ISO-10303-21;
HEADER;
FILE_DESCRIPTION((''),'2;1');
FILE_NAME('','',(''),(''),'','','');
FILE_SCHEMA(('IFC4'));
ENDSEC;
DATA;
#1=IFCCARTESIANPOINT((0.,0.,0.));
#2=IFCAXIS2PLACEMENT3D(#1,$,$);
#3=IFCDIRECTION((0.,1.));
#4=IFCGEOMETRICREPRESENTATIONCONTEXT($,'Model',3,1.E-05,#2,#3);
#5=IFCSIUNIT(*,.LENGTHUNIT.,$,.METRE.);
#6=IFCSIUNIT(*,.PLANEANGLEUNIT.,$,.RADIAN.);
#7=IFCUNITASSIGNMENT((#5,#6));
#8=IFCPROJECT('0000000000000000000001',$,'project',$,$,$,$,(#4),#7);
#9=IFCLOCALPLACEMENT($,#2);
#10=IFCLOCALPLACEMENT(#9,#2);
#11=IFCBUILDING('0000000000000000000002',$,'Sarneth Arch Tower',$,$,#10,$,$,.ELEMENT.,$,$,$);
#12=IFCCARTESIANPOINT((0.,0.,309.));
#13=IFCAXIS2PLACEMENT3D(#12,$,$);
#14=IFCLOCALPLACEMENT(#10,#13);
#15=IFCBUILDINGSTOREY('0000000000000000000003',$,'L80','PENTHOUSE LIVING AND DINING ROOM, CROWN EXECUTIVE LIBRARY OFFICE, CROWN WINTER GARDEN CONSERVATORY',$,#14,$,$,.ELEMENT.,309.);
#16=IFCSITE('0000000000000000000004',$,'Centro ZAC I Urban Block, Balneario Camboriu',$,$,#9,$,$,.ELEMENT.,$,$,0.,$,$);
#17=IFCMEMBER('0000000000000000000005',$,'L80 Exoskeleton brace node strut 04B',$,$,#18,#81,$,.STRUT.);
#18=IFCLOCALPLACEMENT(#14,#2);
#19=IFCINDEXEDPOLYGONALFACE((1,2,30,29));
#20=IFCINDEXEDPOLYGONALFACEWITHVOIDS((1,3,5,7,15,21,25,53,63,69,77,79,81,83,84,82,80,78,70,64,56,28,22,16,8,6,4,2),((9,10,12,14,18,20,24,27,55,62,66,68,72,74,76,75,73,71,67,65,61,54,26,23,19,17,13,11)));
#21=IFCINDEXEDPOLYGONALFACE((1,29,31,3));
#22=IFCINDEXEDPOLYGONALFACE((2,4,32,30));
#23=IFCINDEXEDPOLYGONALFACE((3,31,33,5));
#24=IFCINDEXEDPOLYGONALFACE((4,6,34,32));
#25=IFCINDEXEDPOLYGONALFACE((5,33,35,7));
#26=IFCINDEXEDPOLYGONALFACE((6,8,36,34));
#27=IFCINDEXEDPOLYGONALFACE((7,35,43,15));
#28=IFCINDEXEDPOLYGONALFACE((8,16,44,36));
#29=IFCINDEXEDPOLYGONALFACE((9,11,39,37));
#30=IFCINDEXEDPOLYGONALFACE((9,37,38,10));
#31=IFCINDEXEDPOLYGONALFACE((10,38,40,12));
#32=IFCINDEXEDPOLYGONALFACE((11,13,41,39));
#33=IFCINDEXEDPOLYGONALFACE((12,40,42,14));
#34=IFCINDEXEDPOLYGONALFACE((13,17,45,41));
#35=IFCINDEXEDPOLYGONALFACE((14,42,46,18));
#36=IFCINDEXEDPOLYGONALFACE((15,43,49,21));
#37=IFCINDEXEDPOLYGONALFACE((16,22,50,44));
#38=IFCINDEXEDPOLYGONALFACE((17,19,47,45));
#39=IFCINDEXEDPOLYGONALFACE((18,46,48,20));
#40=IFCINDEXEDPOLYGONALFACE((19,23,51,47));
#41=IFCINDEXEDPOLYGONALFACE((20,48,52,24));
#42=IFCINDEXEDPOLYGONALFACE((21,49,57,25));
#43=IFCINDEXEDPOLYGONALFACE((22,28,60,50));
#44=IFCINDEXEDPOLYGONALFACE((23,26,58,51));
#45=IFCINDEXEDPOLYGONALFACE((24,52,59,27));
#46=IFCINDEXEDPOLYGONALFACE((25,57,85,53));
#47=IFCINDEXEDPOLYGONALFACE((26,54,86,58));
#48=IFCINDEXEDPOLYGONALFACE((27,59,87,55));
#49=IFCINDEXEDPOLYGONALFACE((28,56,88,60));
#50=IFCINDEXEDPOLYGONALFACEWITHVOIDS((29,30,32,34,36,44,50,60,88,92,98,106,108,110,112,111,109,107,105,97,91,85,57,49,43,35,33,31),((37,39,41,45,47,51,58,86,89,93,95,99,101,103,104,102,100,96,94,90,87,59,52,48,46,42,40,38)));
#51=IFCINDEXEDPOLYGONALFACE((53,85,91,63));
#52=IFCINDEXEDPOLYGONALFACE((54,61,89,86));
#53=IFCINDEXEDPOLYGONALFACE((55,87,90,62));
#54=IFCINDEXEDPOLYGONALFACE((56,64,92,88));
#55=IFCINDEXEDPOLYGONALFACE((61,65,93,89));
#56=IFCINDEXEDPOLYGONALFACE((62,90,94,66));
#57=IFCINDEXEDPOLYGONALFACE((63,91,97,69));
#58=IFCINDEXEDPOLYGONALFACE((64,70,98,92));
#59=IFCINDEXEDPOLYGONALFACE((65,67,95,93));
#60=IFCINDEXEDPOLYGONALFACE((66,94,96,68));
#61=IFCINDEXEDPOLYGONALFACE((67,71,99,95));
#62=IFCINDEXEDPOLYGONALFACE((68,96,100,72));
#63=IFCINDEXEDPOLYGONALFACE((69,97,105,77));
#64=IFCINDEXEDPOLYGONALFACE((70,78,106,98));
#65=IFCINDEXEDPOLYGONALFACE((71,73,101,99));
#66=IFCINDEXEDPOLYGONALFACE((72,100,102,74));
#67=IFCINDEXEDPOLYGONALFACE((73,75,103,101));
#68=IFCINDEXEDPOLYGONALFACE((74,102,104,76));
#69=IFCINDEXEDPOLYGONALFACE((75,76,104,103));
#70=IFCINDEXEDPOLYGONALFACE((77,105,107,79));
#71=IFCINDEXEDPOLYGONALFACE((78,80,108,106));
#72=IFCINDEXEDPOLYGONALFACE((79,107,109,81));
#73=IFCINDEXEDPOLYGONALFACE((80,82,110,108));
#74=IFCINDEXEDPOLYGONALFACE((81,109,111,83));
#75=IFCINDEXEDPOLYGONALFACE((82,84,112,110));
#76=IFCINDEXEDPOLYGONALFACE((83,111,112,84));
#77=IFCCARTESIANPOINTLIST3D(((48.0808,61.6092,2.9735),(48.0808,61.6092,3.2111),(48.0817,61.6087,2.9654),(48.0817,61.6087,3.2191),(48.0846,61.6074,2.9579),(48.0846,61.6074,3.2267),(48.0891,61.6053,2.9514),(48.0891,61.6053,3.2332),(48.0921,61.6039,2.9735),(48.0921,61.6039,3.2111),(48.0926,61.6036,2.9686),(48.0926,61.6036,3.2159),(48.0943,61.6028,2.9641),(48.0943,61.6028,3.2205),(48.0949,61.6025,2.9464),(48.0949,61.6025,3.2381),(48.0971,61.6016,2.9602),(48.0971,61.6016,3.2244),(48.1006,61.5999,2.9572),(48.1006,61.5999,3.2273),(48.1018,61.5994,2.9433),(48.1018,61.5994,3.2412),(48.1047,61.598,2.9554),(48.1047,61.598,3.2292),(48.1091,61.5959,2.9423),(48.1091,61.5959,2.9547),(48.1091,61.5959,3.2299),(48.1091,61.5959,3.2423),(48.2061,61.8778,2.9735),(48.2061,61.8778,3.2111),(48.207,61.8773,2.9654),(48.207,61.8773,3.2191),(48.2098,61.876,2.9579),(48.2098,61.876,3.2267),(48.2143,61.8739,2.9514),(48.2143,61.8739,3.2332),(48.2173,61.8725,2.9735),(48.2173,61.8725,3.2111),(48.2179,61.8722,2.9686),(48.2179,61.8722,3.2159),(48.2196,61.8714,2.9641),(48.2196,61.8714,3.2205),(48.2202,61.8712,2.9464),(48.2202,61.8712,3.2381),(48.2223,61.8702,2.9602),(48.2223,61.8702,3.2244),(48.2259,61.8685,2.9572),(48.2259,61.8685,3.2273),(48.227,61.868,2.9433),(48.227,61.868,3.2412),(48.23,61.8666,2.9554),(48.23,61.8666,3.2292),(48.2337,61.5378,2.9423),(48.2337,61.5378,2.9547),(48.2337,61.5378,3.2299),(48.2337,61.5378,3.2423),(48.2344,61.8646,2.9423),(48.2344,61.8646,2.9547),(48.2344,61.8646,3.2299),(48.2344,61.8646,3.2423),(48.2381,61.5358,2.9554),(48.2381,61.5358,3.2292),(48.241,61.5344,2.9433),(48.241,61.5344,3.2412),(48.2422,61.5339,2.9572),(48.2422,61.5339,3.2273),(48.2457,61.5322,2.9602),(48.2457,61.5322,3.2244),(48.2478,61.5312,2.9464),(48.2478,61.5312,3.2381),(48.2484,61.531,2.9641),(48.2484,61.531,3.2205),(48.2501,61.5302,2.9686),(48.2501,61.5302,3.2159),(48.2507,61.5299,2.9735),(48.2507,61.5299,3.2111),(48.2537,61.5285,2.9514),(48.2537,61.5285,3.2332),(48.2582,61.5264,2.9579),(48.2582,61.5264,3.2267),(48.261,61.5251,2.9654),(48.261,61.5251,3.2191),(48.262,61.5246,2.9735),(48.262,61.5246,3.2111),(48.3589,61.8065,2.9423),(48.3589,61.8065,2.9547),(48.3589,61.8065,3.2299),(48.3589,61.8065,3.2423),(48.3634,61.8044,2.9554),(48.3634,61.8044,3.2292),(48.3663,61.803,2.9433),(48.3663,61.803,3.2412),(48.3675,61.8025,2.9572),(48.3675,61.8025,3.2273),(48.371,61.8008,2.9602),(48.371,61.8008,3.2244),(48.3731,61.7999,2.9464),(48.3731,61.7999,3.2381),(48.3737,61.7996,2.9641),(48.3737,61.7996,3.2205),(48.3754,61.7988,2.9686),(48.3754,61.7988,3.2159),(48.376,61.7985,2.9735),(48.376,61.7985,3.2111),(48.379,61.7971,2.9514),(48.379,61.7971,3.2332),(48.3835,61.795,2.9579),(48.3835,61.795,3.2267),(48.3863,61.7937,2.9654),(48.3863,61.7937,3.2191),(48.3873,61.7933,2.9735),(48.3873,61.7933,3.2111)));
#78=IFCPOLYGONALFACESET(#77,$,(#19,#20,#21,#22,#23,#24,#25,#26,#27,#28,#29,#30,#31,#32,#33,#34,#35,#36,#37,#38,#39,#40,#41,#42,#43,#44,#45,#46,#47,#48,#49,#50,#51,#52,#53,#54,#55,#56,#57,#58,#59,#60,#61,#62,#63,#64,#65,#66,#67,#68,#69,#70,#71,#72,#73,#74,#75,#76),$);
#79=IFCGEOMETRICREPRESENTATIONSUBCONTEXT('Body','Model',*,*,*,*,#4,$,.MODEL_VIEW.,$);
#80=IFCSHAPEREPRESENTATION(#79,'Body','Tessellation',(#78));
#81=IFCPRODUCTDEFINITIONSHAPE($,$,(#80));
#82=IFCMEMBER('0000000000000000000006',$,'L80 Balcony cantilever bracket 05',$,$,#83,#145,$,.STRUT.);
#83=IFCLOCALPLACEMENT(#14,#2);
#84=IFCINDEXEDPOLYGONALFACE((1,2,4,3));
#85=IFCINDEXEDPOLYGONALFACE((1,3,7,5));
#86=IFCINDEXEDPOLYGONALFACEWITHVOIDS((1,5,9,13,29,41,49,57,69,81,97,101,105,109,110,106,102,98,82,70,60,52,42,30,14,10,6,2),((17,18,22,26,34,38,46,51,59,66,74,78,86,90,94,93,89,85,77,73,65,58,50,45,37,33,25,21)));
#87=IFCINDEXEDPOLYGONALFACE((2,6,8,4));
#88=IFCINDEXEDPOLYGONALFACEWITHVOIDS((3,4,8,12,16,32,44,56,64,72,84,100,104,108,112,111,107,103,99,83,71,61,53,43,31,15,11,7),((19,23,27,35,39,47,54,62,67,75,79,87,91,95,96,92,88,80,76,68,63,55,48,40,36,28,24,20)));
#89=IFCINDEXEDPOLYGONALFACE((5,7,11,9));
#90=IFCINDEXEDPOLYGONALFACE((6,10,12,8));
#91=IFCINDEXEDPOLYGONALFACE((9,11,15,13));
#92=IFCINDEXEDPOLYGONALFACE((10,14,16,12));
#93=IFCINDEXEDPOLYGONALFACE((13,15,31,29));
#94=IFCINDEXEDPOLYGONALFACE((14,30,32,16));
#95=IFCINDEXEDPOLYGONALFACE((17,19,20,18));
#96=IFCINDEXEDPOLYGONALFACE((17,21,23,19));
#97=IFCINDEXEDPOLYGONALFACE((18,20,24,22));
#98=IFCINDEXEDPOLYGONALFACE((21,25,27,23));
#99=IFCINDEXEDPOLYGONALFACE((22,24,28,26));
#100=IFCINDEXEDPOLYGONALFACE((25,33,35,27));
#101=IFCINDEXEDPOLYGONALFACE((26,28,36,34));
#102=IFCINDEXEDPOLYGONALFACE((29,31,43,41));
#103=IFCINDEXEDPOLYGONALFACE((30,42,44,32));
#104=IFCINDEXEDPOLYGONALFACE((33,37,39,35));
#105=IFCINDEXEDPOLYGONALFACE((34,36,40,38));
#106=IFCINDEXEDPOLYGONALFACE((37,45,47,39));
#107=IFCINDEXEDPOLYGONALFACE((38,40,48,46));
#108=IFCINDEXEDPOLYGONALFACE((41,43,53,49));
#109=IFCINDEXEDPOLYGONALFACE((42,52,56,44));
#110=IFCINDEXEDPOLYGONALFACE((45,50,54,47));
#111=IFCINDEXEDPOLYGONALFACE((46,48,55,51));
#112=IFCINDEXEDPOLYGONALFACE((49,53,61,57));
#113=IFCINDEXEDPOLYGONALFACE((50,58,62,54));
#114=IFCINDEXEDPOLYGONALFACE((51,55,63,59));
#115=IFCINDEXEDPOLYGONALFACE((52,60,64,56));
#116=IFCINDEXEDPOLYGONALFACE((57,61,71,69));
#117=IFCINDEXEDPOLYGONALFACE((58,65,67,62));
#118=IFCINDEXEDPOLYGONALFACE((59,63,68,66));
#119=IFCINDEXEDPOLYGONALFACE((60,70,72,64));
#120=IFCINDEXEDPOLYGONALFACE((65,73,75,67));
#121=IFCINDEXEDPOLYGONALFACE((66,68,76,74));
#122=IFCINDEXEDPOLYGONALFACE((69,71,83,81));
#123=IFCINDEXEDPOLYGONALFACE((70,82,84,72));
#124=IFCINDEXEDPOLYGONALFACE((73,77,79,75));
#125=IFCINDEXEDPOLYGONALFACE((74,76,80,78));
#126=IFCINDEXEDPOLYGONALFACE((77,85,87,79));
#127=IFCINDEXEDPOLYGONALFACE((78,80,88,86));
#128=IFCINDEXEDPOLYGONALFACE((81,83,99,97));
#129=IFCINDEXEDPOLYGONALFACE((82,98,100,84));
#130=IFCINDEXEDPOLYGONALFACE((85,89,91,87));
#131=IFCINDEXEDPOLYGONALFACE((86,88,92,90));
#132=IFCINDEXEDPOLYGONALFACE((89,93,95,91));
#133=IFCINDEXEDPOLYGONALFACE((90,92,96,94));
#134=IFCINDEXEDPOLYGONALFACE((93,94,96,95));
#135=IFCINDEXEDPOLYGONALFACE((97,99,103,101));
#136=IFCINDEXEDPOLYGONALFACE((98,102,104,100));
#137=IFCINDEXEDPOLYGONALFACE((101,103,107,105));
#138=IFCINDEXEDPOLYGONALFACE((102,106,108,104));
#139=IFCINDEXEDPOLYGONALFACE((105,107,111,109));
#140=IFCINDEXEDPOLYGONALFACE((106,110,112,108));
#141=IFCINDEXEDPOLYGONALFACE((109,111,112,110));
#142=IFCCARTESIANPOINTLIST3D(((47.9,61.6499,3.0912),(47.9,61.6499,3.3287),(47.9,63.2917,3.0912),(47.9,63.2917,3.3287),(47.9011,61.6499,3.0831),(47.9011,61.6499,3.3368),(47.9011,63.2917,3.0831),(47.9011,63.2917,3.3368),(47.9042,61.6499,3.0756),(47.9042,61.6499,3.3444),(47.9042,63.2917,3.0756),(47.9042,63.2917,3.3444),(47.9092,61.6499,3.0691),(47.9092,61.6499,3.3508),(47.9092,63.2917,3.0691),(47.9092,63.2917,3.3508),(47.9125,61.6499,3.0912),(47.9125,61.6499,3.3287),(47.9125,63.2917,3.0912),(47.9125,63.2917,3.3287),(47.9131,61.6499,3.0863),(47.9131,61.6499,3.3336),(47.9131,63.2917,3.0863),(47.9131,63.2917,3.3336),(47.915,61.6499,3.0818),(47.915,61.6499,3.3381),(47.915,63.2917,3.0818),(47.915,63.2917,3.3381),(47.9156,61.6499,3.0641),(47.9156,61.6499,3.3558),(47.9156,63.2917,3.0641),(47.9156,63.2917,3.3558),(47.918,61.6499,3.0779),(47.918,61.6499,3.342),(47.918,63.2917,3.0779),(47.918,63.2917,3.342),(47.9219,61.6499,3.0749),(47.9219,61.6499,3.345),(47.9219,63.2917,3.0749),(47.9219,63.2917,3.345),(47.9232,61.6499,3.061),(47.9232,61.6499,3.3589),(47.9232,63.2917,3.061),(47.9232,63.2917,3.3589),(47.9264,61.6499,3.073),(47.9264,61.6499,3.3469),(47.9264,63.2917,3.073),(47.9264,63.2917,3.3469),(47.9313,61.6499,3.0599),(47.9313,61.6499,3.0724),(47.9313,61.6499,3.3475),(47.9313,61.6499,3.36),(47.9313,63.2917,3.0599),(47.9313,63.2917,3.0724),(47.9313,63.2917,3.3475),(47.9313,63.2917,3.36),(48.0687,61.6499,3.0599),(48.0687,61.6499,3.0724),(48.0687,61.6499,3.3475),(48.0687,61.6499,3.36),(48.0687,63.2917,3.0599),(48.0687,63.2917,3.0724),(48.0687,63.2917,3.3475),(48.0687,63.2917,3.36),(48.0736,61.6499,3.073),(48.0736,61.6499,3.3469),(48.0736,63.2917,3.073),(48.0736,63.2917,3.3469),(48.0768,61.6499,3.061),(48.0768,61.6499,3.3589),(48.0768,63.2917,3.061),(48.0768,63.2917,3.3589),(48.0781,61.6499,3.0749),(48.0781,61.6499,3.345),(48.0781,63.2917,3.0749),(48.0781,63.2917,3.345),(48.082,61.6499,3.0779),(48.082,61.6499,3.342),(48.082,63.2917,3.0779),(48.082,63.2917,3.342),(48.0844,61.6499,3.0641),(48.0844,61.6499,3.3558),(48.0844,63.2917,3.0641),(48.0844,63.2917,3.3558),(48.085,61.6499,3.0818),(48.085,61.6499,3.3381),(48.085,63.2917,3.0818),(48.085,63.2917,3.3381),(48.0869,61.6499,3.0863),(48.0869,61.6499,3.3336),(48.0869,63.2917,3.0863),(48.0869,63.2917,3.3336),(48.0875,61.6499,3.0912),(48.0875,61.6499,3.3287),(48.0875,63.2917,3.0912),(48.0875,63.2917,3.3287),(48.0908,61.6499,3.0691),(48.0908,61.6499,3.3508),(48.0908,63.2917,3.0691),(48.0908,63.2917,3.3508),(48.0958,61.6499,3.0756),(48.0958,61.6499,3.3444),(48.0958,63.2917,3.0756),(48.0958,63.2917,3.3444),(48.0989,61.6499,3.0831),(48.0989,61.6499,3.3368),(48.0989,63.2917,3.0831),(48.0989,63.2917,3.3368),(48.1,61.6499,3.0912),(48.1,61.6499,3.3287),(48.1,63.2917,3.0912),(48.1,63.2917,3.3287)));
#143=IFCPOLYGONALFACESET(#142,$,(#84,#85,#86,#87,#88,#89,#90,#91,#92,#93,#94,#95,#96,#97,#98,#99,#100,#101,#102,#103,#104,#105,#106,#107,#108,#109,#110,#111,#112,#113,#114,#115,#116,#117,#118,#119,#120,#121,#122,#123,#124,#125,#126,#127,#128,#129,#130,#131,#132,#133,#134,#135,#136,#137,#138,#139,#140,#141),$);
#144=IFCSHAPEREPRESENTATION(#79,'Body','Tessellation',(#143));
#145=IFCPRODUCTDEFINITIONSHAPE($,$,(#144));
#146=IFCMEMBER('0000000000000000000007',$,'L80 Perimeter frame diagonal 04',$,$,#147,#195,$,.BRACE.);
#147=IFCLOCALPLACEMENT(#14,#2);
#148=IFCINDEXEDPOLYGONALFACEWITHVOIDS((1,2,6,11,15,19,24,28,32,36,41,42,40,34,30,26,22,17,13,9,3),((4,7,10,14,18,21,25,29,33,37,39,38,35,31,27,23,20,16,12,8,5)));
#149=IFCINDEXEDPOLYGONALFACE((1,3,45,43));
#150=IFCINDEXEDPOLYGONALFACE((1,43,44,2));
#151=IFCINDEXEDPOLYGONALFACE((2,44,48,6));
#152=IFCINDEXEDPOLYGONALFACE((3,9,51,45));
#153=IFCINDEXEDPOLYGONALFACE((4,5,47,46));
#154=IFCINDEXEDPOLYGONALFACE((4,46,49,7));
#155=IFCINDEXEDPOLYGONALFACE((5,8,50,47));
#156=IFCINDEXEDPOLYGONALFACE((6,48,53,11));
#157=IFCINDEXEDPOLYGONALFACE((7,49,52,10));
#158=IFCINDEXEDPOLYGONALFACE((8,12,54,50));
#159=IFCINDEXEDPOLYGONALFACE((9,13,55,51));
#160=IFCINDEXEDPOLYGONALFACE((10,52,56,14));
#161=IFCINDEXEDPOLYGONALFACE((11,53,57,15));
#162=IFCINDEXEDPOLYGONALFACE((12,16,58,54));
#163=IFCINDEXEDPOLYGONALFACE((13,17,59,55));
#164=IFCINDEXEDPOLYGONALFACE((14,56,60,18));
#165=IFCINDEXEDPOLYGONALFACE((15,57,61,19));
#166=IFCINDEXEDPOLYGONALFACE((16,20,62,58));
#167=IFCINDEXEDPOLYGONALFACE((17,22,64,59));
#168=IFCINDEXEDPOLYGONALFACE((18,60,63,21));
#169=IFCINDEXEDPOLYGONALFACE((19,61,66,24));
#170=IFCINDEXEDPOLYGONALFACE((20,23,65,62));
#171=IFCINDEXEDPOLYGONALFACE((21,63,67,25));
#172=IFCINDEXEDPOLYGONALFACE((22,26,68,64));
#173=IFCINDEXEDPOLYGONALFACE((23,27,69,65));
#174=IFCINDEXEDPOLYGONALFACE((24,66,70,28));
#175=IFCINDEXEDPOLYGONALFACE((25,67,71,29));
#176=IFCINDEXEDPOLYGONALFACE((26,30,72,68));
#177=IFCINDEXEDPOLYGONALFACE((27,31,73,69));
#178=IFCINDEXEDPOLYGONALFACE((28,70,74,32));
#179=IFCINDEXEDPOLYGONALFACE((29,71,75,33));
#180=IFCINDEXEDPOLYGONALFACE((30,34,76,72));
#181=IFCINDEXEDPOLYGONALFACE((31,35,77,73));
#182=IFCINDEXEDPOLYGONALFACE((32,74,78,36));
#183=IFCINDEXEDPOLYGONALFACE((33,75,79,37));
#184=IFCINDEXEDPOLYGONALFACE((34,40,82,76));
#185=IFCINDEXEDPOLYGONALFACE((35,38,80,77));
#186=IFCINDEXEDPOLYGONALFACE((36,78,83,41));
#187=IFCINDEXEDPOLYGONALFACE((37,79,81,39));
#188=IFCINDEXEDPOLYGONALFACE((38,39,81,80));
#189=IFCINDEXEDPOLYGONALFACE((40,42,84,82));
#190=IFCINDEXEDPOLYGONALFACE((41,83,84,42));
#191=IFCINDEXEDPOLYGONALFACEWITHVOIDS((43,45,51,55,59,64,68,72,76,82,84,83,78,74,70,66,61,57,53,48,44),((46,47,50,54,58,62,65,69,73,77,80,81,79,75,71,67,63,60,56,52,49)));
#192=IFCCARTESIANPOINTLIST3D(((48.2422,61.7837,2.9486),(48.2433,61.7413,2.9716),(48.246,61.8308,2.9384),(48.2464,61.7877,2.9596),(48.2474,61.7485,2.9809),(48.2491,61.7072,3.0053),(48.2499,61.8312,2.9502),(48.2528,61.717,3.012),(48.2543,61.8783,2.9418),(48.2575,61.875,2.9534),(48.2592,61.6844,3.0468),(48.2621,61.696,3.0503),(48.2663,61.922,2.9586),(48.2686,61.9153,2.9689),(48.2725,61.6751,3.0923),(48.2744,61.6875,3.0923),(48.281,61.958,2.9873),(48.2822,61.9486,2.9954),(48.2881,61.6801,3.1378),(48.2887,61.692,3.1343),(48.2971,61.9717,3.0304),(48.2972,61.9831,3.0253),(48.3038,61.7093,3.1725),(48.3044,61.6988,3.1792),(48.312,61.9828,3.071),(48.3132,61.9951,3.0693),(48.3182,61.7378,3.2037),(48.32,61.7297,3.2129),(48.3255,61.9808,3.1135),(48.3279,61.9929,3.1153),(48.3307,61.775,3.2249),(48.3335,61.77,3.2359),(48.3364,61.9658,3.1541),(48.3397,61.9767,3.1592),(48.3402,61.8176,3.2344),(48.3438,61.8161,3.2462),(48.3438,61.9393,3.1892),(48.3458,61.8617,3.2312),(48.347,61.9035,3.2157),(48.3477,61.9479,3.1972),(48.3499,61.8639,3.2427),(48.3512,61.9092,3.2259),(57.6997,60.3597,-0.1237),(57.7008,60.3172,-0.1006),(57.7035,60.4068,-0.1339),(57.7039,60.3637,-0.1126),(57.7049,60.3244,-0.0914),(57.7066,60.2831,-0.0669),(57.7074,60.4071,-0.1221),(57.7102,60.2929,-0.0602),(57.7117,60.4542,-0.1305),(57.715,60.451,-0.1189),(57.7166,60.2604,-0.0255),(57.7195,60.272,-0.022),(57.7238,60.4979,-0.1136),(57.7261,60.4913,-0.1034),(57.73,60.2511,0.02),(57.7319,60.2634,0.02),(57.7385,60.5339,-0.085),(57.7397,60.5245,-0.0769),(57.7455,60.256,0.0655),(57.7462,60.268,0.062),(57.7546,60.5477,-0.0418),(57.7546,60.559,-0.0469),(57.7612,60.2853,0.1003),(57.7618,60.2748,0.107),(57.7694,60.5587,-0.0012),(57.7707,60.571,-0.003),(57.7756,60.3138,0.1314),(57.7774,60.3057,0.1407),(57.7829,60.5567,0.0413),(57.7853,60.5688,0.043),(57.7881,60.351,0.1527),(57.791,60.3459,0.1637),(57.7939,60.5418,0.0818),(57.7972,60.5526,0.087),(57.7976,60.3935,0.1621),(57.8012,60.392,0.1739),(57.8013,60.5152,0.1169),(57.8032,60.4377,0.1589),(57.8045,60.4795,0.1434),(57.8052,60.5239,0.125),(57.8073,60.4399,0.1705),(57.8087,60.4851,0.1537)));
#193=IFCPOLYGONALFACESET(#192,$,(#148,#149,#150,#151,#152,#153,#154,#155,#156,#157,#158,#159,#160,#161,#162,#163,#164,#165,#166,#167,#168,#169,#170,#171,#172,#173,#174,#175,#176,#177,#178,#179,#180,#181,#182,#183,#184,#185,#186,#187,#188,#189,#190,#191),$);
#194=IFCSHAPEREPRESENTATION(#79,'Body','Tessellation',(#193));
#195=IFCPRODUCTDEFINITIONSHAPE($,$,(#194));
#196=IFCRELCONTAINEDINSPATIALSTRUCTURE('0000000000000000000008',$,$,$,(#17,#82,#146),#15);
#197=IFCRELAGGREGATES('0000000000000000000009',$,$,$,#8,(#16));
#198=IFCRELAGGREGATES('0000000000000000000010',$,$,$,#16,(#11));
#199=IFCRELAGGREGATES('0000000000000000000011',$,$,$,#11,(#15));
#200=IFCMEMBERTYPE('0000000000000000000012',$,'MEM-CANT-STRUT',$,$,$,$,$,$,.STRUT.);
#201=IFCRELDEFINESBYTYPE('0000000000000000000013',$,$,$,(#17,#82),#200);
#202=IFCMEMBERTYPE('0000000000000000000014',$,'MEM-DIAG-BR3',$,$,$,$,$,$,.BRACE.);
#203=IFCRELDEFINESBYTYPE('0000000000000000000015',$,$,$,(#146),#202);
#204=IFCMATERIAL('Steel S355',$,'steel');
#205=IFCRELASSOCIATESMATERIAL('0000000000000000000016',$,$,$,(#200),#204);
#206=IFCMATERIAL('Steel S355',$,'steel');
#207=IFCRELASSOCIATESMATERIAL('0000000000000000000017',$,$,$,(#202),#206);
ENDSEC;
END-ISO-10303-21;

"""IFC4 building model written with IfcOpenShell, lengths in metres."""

from ifc_helpers import new_model, si_unit, direction, frame, origin, origin_2d, place, context, subcontext, project, spatial, hollow_rectangle, hollow_circle, extrude, material, material_profile, profile_set, type_object, element, save


model = new_model("IFC4")

# Units and contexts
model_context = context("Model", 3, precision=1e-05, world=origin(), true_north=direction((0.0, 1.0)))
body_context = subcontext(model_context, "Body", "Model", "MODEL_VIEW")
ifc_project = project(units=[si_unit("LENGTHUNIT", "METRE"), si_unit("PLANEANGLEUNIT", "RADIAN")], contexts=[model_context])

# Site, building, storey
site_placement = place(None, origin())
site = spatial("IfcSite", under=ifc_project, at=site_placement, Name="Centro ZAC I Urban Block, Balneario Camboriu", CompositionType="ELEMENT", RefElevation=0.0)
building_placement = place(site_placement, origin())
building = spatial("IfcBuilding", under=site, at=building_placement, Name="Sarneth Arch Tower", CompositionType="ELEMENT")
storey_placement = place(building_placement, frame((0.0, 0.0, 309.0)))
storey = spatial("IfcBuildingStorey", under=building, at=storey_placement, Name="L80", Description="PENTHOUSE LIVING AND DINING ROOM, CROWN EXECUTIVE LIBRARY OFFICE, CROWN WINTER GARDEN CONSERVATORY", CompositionType="ELEMENT", Elevation=309.0)

# Members
ifc_material_1 = material(Name="Steel S355", Category="steel")
ifc_material_profile_1 = material_profile(ifc_material_1, hollow_rectangle(XDim=0.2, YDim=0.3, WallThickness=0.0125, InnerFilletRadius=0.0188, OuterFilletRadius=0.0312, at=origin_2d()), Name="RHS300x200x12.5")
ifc_profile_set_1 = profile_set([ifc_material_profile_1], Name="Steel S355")
member_type_1 = type_object("IfcMemberType", Name="MEM-CANT-STRUT", PredefinedType="STRUT", material=ifc_profile_set_1)
member_1_placement = place(storey_placement, frame((48.1714, 61.5669, 3.0923), z_axis=(0.42266, 0.906288, 0.0), x_axis=(-0.906288, 0.42266, 0.0)))
element("IfcMember", 1, at=member_1_placement, inside=storey, type_object=member_type_1, Name="L80 Exoskeleton brace node strut 04B", PredefinedType="STRUT", context=body_context, shape_type="SweptSolid", body=[
    extrude(hollow_rectangle(XDim=0.2, YDim=0.3, WallThickness=0.0125, InnerFilletRadius=0.0188, OuterFilletRadius=0.0312, at=origin_2d()), origin(), (0.0, 0.0, 1.0), 0.2964),
])
member_2_placement = place(storey_placement, frame((48.0, 61.6499, 3.21), z_axis=(0.0, 1.0, 0.0), x_axis=(-1.0, 0.0, 0.0)))
element("IfcMember", 2, at=member_2_placement, inside=storey, type_object=member_type_1, Name="L80 Balcony cantilever bracket 05", PredefinedType="STRUT", context=body_context, shape_type="SweptSolid", body=[
    extrude(hollow_rectangle(XDim=0.2, YDim=0.3, WallThickness=0.0125, InnerFilletRadius=0.0188, OuterFilletRadius=0.0312, at=origin_2d()), origin(), (0.0, 0.0, 1.0), 1.6418),
])
ifc_material_2 = material(Name="Steel S355", Category="steel")
ifc_material_profile_2 = material_profile(ifc_material_2, hollow_circle(Radius=0.1621, WallThickness=0.0125, at=origin_2d()), Name="CHS324x12.5")
ifc_profile_set_2 = profile_set([ifc_material_profile_2], Name="Steel S355")
member_type_2 = type_object("IfcMemberType", Name="MEM-DIAG-BR3", PredefinedType="BRACE", material=ifc_profile_set_2)
member_3_placement = place(storey_placement, frame((57.7542, 60.4114, 0.02), z_axis=(-0.941471, 0.141763, 0.305836), x_axis=(-0.148897, -0.988853, 0.0)))
element("IfcMember", 3, at=member_3_placement, inside=storey, type_object=member_type_2, Name="L80 Perimeter frame diagonal 04", PredefinedType="BRACE", context=body_context, shape_type="SweptSolid", body=[
    extrude(hollow_circle(Radius=0.1621, WallThickness=0.0125, at=origin_2d()), origin(), (0.0, 0.0, 1.0), 10.0454),
])

save(model, "model.ifc")
